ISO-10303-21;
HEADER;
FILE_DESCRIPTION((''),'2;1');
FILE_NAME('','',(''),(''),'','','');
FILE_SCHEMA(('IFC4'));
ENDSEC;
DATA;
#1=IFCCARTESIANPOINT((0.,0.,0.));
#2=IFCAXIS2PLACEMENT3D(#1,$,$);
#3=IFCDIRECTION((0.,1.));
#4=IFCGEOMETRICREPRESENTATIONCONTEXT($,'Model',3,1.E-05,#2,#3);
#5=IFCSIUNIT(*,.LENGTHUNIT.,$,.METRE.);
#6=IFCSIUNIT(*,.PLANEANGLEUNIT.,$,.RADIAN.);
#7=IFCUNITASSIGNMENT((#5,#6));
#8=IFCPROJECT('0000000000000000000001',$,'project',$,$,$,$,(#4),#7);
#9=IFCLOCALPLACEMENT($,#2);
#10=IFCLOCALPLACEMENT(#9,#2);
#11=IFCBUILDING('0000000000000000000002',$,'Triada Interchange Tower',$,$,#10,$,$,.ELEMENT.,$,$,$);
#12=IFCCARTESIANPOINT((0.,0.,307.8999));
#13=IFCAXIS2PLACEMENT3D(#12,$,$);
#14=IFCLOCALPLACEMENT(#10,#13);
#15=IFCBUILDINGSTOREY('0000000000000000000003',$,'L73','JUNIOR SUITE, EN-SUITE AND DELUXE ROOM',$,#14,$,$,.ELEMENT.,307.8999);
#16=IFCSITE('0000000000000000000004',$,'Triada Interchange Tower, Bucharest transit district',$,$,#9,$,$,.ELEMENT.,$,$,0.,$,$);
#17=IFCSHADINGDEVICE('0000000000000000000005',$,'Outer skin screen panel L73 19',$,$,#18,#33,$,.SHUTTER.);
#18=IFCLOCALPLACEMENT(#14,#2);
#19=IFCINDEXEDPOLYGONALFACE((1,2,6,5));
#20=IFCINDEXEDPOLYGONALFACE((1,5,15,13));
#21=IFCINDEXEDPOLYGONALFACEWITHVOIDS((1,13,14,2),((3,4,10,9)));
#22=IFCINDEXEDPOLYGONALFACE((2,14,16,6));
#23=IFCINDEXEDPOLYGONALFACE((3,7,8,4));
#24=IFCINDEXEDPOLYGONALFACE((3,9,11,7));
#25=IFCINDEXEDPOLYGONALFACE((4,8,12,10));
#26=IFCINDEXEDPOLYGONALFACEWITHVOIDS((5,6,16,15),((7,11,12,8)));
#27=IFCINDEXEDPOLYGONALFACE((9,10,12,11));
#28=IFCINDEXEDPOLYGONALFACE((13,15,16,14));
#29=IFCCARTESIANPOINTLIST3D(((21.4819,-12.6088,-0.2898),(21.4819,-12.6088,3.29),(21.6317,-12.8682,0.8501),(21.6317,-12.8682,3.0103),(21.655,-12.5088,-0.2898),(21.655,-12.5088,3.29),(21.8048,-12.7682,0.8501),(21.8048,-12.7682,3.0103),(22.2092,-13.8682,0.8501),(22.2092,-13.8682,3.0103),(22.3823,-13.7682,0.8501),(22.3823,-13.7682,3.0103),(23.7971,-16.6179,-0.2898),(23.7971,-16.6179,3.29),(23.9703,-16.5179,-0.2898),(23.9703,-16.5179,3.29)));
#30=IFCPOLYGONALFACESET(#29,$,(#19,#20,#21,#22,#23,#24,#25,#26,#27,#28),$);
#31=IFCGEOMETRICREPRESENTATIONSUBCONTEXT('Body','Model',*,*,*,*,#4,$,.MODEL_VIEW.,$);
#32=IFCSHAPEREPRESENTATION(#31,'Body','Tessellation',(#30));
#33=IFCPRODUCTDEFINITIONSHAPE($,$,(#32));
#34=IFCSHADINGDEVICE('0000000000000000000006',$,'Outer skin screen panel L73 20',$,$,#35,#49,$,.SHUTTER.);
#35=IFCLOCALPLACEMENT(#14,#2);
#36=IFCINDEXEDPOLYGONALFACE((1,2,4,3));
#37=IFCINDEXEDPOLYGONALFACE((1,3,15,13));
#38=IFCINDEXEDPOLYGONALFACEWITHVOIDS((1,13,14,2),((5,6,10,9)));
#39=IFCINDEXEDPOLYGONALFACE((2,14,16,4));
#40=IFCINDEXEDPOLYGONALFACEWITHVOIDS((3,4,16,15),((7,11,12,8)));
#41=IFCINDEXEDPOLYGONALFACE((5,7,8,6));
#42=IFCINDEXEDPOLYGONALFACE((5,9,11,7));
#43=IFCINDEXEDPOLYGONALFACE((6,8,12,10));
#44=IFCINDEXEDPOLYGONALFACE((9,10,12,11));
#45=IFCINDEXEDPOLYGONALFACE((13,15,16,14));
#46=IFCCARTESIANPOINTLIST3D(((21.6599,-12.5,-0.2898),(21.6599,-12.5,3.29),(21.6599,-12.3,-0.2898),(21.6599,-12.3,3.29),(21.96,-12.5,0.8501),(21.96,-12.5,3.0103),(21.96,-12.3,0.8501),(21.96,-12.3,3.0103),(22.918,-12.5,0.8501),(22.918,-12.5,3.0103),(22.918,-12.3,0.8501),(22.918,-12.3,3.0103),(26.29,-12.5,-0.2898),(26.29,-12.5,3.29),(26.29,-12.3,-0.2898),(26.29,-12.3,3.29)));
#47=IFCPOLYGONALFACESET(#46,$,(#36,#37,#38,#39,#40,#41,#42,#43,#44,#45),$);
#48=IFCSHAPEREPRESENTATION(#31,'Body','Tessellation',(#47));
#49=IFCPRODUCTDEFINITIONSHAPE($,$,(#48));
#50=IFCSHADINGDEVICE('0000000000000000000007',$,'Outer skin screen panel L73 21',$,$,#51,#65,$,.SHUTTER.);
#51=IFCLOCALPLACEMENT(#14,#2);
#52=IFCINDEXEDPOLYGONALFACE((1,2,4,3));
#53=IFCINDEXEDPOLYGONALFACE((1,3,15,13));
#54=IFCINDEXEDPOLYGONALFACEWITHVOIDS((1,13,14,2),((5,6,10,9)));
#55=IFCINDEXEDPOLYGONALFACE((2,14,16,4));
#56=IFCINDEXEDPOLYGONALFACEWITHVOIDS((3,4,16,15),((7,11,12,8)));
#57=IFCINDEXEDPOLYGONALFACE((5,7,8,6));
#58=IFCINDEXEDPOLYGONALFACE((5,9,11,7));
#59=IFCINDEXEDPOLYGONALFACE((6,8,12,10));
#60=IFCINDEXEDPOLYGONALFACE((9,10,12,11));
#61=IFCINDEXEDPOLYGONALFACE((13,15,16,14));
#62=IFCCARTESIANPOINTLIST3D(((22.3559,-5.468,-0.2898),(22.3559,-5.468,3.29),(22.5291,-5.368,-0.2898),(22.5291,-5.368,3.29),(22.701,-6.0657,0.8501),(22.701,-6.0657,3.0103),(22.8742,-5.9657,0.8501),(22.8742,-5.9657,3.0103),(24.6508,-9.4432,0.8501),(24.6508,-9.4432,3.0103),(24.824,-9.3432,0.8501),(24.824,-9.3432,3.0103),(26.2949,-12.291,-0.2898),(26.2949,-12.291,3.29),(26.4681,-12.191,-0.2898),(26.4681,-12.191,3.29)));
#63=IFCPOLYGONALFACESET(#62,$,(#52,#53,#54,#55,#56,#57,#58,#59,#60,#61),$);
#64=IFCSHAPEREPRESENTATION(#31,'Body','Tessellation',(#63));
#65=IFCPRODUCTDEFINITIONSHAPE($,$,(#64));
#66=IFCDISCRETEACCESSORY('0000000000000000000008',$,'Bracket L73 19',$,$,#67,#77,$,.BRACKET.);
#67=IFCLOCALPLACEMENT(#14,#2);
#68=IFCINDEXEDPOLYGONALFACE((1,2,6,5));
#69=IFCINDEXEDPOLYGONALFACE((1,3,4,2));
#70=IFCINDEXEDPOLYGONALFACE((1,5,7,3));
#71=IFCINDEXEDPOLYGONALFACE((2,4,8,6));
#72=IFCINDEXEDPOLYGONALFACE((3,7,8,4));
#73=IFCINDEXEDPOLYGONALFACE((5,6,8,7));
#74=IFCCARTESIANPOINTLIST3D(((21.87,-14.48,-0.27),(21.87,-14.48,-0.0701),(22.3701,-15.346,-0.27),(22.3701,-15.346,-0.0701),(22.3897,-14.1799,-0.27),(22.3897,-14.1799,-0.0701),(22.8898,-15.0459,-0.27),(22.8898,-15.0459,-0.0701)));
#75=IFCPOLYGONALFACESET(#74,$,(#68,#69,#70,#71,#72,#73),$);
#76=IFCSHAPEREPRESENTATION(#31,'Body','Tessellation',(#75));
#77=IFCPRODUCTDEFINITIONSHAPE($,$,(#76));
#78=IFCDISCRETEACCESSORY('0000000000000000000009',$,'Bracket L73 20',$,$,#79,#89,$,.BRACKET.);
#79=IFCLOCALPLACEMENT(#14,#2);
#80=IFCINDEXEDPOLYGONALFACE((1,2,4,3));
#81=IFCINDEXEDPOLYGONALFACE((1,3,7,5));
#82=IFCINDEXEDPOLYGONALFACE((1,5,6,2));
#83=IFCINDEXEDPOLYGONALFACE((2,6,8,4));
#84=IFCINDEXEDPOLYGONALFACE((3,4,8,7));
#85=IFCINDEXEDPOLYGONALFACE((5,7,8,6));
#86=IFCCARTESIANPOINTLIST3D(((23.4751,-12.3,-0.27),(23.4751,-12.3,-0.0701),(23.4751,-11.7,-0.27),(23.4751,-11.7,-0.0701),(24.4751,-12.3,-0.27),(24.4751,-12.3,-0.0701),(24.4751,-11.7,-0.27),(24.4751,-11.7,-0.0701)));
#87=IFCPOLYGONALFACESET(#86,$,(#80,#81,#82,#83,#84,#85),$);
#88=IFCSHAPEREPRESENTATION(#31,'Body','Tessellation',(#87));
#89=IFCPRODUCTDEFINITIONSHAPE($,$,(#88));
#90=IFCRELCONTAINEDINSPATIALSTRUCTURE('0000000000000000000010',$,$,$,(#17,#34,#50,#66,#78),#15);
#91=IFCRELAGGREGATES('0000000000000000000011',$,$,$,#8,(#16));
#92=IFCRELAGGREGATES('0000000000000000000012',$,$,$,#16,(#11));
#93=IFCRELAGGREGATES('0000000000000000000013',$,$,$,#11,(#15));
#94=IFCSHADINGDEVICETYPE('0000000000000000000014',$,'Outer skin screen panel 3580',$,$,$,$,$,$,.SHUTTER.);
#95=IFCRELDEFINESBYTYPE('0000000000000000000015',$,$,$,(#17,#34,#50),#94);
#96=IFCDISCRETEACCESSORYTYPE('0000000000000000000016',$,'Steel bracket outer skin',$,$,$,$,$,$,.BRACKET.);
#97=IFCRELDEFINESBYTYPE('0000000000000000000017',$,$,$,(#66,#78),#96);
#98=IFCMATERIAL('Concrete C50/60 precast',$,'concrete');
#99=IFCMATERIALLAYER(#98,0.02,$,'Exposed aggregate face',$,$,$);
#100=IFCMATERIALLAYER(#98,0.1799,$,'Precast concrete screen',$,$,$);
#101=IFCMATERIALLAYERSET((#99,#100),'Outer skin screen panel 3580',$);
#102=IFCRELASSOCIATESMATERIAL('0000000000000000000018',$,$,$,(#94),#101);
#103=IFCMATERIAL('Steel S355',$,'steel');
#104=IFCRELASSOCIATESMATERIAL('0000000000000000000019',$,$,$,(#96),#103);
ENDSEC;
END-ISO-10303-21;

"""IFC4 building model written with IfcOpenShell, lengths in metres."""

from ifc_helpers import new_model, si_unit, direction, frame, origin, origin_2d, place, context, subcontext, project, spatial, polyline, rectangle, outline, extrude, material, layer, layer_set, type_object, element, save


model = new_model("IFC4")

# Units and contexts
model_context = context("Model", 3, precision=1e-05, world=origin(), true_north=direction((0.0, 1.0)))
body_context = subcontext(model_context, "Body", "Model", "MODEL_VIEW")
ifc_project = project(units=[si_unit("LENGTHUNIT", "METRE"), si_unit("PLANEANGLEUNIT", "RADIAN")], contexts=[model_context])

# Site, building, storey
site_placement = place(None, origin())
site = spatial("IfcSite", under=ifc_project, at=site_placement, Name="Triada Interchange Tower, Bucharest transit district", CompositionType="ELEMENT", RefElevation=0.0)
building_placement = place(site_placement, origin())
building = spatial("IfcBuilding", under=site, at=building_placement, Name="Triada Interchange Tower", CompositionType="ELEMENT")
storey_placement = place(building_placement, frame((0.0, 0.0, 307.8999)))
storey = spatial("IfcBuildingStorey", under=building, at=storey_placement, Name="L73", Description="JUNIOR SUITE, EN-SUITE AND DELUXE ROOM", CompositionType="ELEMENT", Elevation=307.8999)

# Shading devices
ifc_material_1 = material(Name="Concrete C50/60 precast", Category="concrete")
ifc_layer_1 = layer(ifc_material_1, 0.02, Name="Exposed aggregate face")
ifc_layer_2 = layer(ifc_material_1, 0.1799, Name="Precast concrete screen")
ifc_layer_set_1 = layer_set([ifc_layer_1, ifc_layer_2], Name="Outer skin screen panel 3580")
shading_device_type = type_object("IfcShadingDeviceType", Name="Outer skin screen panel 3580", PredefinedType="SHUTTER", material=ifc_layer_set_1)
shading_device_1_placement = place(storey_placement, frame((23.7971, -16.6179, -0.2898), z_axis=(0.0, 0.0, 1.0), x_axis=(-0.500092, 0.865972, 0.0)))
element("IfcShadingDevice", 1, at=shading_device_1_placement, inside=storey, type_object=shading_device_type, Name="Outer skin screen panel L73 19", PredefinedType="SHUTTER", context=body_context, shape_type="SweptSolid", body=[
    extrude(outline(polyline([(0.0, 0.0), (4.6296, 0.0), (4.6296, 3.5798), (0.0, 3.5798), (0.0, 0.0)]), holes=[polyline([(3.1753, 1.1399), (3.1753, 3.3), (4.3301, 3.3), (4.3301, 1.1399), (3.1753, 1.1399)])]), frame((0.0, 0.0, 0.0), z_axis=(0.0, -1.0, 0.0), x_axis=(1.0, 0.0, 0.0)), (0.0, 0.0, 1.0), 0.2),
])
shading_device_2_placement = place(storey_placement, frame((21.6599, -12.3, -0.2898), z_axis=(0.0, 0.0, 1.0), x_axis=(1.0, 0.0, 0.0)))
element("IfcShadingDevice", 2, at=shading_device_2_placement, inside=storey, type_object=shading_device_type, Name="Outer skin screen panel L73 20", PredefinedType="SHUTTER", context=body_context, shape_type="SweptSolid", body=[
    extrude(outline(polyline([(0.0, 0.0), (4.6301, 0.0), (4.6301, 3.5798), (0.0, 3.5798), (0.0, 0.0)]), holes=[polyline([(0.3, 1.1399), (0.3, 3.3), (1.2581, 3.3), (1.2581, 1.1399), (0.3, 1.1399)])]), frame((0.0, 0.0, 0.0), z_axis=(0.0, -1.0, 0.0), x_axis=(1.0, 0.0, 0.0)), (0.0, 0.0, 1.0), 0.2),
])
shading_device_3_placement = place(storey_placement, frame((26.2949, -12.291, -0.2898), z_axis=(0.0, 0.0, 1.0), x_axis=(-0.499972, 0.866042, 0.0)))
element("IfcShadingDevice", 3, at=shading_device_3_placement, inside=storey, type_object=shading_device_type, Name="Outer skin screen panel L73 21", PredefinedType="SHUTTER", context=body_context, shape_type="SweptSolid", body=[
    extrude(outline(polyline([(0.0, 0.0), (7.8784, 0.0), (7.8784, 3.5798), (0.0, 3.5798), (0.0, 0.0)]), holes=[polyline([(3.2883, 1.1399), (3.2883, 3.3), (7.1882, 3.3), (7.1882, 1.1399), (3.2883, 1.1399)])]), frame((0.0, 0.0, 0.0), z_axis=(0.0, -1.0, 0.0), x_axis=(1.0, 0.0, 0.0)), (0.0, 0.0, 1.0), 0.2),
])

# Discrete accessories
ifc_material_2 = material(Name="Steel S355", Category="steel")
discrete_accessory_type = type_object("IfcDiscreteAccessoryType", Name="Steel bracket outer skin", PredefinedType="BRACKET", material=ifc_material_2)
for number, where, z_axis, x_axis, name in (
    (4, (22.3799, -14.7629, -0.27), (0.0, 0.0, 1.0), (0.865956, 0.500121, 0.0), "Bracket L73 19"),
    (5, (23.9751, -12.0, -0.27), (0.0, 0.0, 1.0), (0.0, -1.0, 0.0), "Bracket L73 20"),
):
    element("IfcDiscreteAccessory", number, at=place(storey_placement, frame(where, z_axis=z_axis, x_axis=x_axis)), inside=storey, type_object=discrete_accessory_type, Name=name, PredefinedType="BRACKET", context=body_context, shape_type="SweptSolid", body=[
        extrude(rectangle(XDim=0.6001, YDim=1.0, at=origin_2d()), origin(), (0.0, 0.0, 1.0), 0.2),
    ])

save(model, "model.ifc")
